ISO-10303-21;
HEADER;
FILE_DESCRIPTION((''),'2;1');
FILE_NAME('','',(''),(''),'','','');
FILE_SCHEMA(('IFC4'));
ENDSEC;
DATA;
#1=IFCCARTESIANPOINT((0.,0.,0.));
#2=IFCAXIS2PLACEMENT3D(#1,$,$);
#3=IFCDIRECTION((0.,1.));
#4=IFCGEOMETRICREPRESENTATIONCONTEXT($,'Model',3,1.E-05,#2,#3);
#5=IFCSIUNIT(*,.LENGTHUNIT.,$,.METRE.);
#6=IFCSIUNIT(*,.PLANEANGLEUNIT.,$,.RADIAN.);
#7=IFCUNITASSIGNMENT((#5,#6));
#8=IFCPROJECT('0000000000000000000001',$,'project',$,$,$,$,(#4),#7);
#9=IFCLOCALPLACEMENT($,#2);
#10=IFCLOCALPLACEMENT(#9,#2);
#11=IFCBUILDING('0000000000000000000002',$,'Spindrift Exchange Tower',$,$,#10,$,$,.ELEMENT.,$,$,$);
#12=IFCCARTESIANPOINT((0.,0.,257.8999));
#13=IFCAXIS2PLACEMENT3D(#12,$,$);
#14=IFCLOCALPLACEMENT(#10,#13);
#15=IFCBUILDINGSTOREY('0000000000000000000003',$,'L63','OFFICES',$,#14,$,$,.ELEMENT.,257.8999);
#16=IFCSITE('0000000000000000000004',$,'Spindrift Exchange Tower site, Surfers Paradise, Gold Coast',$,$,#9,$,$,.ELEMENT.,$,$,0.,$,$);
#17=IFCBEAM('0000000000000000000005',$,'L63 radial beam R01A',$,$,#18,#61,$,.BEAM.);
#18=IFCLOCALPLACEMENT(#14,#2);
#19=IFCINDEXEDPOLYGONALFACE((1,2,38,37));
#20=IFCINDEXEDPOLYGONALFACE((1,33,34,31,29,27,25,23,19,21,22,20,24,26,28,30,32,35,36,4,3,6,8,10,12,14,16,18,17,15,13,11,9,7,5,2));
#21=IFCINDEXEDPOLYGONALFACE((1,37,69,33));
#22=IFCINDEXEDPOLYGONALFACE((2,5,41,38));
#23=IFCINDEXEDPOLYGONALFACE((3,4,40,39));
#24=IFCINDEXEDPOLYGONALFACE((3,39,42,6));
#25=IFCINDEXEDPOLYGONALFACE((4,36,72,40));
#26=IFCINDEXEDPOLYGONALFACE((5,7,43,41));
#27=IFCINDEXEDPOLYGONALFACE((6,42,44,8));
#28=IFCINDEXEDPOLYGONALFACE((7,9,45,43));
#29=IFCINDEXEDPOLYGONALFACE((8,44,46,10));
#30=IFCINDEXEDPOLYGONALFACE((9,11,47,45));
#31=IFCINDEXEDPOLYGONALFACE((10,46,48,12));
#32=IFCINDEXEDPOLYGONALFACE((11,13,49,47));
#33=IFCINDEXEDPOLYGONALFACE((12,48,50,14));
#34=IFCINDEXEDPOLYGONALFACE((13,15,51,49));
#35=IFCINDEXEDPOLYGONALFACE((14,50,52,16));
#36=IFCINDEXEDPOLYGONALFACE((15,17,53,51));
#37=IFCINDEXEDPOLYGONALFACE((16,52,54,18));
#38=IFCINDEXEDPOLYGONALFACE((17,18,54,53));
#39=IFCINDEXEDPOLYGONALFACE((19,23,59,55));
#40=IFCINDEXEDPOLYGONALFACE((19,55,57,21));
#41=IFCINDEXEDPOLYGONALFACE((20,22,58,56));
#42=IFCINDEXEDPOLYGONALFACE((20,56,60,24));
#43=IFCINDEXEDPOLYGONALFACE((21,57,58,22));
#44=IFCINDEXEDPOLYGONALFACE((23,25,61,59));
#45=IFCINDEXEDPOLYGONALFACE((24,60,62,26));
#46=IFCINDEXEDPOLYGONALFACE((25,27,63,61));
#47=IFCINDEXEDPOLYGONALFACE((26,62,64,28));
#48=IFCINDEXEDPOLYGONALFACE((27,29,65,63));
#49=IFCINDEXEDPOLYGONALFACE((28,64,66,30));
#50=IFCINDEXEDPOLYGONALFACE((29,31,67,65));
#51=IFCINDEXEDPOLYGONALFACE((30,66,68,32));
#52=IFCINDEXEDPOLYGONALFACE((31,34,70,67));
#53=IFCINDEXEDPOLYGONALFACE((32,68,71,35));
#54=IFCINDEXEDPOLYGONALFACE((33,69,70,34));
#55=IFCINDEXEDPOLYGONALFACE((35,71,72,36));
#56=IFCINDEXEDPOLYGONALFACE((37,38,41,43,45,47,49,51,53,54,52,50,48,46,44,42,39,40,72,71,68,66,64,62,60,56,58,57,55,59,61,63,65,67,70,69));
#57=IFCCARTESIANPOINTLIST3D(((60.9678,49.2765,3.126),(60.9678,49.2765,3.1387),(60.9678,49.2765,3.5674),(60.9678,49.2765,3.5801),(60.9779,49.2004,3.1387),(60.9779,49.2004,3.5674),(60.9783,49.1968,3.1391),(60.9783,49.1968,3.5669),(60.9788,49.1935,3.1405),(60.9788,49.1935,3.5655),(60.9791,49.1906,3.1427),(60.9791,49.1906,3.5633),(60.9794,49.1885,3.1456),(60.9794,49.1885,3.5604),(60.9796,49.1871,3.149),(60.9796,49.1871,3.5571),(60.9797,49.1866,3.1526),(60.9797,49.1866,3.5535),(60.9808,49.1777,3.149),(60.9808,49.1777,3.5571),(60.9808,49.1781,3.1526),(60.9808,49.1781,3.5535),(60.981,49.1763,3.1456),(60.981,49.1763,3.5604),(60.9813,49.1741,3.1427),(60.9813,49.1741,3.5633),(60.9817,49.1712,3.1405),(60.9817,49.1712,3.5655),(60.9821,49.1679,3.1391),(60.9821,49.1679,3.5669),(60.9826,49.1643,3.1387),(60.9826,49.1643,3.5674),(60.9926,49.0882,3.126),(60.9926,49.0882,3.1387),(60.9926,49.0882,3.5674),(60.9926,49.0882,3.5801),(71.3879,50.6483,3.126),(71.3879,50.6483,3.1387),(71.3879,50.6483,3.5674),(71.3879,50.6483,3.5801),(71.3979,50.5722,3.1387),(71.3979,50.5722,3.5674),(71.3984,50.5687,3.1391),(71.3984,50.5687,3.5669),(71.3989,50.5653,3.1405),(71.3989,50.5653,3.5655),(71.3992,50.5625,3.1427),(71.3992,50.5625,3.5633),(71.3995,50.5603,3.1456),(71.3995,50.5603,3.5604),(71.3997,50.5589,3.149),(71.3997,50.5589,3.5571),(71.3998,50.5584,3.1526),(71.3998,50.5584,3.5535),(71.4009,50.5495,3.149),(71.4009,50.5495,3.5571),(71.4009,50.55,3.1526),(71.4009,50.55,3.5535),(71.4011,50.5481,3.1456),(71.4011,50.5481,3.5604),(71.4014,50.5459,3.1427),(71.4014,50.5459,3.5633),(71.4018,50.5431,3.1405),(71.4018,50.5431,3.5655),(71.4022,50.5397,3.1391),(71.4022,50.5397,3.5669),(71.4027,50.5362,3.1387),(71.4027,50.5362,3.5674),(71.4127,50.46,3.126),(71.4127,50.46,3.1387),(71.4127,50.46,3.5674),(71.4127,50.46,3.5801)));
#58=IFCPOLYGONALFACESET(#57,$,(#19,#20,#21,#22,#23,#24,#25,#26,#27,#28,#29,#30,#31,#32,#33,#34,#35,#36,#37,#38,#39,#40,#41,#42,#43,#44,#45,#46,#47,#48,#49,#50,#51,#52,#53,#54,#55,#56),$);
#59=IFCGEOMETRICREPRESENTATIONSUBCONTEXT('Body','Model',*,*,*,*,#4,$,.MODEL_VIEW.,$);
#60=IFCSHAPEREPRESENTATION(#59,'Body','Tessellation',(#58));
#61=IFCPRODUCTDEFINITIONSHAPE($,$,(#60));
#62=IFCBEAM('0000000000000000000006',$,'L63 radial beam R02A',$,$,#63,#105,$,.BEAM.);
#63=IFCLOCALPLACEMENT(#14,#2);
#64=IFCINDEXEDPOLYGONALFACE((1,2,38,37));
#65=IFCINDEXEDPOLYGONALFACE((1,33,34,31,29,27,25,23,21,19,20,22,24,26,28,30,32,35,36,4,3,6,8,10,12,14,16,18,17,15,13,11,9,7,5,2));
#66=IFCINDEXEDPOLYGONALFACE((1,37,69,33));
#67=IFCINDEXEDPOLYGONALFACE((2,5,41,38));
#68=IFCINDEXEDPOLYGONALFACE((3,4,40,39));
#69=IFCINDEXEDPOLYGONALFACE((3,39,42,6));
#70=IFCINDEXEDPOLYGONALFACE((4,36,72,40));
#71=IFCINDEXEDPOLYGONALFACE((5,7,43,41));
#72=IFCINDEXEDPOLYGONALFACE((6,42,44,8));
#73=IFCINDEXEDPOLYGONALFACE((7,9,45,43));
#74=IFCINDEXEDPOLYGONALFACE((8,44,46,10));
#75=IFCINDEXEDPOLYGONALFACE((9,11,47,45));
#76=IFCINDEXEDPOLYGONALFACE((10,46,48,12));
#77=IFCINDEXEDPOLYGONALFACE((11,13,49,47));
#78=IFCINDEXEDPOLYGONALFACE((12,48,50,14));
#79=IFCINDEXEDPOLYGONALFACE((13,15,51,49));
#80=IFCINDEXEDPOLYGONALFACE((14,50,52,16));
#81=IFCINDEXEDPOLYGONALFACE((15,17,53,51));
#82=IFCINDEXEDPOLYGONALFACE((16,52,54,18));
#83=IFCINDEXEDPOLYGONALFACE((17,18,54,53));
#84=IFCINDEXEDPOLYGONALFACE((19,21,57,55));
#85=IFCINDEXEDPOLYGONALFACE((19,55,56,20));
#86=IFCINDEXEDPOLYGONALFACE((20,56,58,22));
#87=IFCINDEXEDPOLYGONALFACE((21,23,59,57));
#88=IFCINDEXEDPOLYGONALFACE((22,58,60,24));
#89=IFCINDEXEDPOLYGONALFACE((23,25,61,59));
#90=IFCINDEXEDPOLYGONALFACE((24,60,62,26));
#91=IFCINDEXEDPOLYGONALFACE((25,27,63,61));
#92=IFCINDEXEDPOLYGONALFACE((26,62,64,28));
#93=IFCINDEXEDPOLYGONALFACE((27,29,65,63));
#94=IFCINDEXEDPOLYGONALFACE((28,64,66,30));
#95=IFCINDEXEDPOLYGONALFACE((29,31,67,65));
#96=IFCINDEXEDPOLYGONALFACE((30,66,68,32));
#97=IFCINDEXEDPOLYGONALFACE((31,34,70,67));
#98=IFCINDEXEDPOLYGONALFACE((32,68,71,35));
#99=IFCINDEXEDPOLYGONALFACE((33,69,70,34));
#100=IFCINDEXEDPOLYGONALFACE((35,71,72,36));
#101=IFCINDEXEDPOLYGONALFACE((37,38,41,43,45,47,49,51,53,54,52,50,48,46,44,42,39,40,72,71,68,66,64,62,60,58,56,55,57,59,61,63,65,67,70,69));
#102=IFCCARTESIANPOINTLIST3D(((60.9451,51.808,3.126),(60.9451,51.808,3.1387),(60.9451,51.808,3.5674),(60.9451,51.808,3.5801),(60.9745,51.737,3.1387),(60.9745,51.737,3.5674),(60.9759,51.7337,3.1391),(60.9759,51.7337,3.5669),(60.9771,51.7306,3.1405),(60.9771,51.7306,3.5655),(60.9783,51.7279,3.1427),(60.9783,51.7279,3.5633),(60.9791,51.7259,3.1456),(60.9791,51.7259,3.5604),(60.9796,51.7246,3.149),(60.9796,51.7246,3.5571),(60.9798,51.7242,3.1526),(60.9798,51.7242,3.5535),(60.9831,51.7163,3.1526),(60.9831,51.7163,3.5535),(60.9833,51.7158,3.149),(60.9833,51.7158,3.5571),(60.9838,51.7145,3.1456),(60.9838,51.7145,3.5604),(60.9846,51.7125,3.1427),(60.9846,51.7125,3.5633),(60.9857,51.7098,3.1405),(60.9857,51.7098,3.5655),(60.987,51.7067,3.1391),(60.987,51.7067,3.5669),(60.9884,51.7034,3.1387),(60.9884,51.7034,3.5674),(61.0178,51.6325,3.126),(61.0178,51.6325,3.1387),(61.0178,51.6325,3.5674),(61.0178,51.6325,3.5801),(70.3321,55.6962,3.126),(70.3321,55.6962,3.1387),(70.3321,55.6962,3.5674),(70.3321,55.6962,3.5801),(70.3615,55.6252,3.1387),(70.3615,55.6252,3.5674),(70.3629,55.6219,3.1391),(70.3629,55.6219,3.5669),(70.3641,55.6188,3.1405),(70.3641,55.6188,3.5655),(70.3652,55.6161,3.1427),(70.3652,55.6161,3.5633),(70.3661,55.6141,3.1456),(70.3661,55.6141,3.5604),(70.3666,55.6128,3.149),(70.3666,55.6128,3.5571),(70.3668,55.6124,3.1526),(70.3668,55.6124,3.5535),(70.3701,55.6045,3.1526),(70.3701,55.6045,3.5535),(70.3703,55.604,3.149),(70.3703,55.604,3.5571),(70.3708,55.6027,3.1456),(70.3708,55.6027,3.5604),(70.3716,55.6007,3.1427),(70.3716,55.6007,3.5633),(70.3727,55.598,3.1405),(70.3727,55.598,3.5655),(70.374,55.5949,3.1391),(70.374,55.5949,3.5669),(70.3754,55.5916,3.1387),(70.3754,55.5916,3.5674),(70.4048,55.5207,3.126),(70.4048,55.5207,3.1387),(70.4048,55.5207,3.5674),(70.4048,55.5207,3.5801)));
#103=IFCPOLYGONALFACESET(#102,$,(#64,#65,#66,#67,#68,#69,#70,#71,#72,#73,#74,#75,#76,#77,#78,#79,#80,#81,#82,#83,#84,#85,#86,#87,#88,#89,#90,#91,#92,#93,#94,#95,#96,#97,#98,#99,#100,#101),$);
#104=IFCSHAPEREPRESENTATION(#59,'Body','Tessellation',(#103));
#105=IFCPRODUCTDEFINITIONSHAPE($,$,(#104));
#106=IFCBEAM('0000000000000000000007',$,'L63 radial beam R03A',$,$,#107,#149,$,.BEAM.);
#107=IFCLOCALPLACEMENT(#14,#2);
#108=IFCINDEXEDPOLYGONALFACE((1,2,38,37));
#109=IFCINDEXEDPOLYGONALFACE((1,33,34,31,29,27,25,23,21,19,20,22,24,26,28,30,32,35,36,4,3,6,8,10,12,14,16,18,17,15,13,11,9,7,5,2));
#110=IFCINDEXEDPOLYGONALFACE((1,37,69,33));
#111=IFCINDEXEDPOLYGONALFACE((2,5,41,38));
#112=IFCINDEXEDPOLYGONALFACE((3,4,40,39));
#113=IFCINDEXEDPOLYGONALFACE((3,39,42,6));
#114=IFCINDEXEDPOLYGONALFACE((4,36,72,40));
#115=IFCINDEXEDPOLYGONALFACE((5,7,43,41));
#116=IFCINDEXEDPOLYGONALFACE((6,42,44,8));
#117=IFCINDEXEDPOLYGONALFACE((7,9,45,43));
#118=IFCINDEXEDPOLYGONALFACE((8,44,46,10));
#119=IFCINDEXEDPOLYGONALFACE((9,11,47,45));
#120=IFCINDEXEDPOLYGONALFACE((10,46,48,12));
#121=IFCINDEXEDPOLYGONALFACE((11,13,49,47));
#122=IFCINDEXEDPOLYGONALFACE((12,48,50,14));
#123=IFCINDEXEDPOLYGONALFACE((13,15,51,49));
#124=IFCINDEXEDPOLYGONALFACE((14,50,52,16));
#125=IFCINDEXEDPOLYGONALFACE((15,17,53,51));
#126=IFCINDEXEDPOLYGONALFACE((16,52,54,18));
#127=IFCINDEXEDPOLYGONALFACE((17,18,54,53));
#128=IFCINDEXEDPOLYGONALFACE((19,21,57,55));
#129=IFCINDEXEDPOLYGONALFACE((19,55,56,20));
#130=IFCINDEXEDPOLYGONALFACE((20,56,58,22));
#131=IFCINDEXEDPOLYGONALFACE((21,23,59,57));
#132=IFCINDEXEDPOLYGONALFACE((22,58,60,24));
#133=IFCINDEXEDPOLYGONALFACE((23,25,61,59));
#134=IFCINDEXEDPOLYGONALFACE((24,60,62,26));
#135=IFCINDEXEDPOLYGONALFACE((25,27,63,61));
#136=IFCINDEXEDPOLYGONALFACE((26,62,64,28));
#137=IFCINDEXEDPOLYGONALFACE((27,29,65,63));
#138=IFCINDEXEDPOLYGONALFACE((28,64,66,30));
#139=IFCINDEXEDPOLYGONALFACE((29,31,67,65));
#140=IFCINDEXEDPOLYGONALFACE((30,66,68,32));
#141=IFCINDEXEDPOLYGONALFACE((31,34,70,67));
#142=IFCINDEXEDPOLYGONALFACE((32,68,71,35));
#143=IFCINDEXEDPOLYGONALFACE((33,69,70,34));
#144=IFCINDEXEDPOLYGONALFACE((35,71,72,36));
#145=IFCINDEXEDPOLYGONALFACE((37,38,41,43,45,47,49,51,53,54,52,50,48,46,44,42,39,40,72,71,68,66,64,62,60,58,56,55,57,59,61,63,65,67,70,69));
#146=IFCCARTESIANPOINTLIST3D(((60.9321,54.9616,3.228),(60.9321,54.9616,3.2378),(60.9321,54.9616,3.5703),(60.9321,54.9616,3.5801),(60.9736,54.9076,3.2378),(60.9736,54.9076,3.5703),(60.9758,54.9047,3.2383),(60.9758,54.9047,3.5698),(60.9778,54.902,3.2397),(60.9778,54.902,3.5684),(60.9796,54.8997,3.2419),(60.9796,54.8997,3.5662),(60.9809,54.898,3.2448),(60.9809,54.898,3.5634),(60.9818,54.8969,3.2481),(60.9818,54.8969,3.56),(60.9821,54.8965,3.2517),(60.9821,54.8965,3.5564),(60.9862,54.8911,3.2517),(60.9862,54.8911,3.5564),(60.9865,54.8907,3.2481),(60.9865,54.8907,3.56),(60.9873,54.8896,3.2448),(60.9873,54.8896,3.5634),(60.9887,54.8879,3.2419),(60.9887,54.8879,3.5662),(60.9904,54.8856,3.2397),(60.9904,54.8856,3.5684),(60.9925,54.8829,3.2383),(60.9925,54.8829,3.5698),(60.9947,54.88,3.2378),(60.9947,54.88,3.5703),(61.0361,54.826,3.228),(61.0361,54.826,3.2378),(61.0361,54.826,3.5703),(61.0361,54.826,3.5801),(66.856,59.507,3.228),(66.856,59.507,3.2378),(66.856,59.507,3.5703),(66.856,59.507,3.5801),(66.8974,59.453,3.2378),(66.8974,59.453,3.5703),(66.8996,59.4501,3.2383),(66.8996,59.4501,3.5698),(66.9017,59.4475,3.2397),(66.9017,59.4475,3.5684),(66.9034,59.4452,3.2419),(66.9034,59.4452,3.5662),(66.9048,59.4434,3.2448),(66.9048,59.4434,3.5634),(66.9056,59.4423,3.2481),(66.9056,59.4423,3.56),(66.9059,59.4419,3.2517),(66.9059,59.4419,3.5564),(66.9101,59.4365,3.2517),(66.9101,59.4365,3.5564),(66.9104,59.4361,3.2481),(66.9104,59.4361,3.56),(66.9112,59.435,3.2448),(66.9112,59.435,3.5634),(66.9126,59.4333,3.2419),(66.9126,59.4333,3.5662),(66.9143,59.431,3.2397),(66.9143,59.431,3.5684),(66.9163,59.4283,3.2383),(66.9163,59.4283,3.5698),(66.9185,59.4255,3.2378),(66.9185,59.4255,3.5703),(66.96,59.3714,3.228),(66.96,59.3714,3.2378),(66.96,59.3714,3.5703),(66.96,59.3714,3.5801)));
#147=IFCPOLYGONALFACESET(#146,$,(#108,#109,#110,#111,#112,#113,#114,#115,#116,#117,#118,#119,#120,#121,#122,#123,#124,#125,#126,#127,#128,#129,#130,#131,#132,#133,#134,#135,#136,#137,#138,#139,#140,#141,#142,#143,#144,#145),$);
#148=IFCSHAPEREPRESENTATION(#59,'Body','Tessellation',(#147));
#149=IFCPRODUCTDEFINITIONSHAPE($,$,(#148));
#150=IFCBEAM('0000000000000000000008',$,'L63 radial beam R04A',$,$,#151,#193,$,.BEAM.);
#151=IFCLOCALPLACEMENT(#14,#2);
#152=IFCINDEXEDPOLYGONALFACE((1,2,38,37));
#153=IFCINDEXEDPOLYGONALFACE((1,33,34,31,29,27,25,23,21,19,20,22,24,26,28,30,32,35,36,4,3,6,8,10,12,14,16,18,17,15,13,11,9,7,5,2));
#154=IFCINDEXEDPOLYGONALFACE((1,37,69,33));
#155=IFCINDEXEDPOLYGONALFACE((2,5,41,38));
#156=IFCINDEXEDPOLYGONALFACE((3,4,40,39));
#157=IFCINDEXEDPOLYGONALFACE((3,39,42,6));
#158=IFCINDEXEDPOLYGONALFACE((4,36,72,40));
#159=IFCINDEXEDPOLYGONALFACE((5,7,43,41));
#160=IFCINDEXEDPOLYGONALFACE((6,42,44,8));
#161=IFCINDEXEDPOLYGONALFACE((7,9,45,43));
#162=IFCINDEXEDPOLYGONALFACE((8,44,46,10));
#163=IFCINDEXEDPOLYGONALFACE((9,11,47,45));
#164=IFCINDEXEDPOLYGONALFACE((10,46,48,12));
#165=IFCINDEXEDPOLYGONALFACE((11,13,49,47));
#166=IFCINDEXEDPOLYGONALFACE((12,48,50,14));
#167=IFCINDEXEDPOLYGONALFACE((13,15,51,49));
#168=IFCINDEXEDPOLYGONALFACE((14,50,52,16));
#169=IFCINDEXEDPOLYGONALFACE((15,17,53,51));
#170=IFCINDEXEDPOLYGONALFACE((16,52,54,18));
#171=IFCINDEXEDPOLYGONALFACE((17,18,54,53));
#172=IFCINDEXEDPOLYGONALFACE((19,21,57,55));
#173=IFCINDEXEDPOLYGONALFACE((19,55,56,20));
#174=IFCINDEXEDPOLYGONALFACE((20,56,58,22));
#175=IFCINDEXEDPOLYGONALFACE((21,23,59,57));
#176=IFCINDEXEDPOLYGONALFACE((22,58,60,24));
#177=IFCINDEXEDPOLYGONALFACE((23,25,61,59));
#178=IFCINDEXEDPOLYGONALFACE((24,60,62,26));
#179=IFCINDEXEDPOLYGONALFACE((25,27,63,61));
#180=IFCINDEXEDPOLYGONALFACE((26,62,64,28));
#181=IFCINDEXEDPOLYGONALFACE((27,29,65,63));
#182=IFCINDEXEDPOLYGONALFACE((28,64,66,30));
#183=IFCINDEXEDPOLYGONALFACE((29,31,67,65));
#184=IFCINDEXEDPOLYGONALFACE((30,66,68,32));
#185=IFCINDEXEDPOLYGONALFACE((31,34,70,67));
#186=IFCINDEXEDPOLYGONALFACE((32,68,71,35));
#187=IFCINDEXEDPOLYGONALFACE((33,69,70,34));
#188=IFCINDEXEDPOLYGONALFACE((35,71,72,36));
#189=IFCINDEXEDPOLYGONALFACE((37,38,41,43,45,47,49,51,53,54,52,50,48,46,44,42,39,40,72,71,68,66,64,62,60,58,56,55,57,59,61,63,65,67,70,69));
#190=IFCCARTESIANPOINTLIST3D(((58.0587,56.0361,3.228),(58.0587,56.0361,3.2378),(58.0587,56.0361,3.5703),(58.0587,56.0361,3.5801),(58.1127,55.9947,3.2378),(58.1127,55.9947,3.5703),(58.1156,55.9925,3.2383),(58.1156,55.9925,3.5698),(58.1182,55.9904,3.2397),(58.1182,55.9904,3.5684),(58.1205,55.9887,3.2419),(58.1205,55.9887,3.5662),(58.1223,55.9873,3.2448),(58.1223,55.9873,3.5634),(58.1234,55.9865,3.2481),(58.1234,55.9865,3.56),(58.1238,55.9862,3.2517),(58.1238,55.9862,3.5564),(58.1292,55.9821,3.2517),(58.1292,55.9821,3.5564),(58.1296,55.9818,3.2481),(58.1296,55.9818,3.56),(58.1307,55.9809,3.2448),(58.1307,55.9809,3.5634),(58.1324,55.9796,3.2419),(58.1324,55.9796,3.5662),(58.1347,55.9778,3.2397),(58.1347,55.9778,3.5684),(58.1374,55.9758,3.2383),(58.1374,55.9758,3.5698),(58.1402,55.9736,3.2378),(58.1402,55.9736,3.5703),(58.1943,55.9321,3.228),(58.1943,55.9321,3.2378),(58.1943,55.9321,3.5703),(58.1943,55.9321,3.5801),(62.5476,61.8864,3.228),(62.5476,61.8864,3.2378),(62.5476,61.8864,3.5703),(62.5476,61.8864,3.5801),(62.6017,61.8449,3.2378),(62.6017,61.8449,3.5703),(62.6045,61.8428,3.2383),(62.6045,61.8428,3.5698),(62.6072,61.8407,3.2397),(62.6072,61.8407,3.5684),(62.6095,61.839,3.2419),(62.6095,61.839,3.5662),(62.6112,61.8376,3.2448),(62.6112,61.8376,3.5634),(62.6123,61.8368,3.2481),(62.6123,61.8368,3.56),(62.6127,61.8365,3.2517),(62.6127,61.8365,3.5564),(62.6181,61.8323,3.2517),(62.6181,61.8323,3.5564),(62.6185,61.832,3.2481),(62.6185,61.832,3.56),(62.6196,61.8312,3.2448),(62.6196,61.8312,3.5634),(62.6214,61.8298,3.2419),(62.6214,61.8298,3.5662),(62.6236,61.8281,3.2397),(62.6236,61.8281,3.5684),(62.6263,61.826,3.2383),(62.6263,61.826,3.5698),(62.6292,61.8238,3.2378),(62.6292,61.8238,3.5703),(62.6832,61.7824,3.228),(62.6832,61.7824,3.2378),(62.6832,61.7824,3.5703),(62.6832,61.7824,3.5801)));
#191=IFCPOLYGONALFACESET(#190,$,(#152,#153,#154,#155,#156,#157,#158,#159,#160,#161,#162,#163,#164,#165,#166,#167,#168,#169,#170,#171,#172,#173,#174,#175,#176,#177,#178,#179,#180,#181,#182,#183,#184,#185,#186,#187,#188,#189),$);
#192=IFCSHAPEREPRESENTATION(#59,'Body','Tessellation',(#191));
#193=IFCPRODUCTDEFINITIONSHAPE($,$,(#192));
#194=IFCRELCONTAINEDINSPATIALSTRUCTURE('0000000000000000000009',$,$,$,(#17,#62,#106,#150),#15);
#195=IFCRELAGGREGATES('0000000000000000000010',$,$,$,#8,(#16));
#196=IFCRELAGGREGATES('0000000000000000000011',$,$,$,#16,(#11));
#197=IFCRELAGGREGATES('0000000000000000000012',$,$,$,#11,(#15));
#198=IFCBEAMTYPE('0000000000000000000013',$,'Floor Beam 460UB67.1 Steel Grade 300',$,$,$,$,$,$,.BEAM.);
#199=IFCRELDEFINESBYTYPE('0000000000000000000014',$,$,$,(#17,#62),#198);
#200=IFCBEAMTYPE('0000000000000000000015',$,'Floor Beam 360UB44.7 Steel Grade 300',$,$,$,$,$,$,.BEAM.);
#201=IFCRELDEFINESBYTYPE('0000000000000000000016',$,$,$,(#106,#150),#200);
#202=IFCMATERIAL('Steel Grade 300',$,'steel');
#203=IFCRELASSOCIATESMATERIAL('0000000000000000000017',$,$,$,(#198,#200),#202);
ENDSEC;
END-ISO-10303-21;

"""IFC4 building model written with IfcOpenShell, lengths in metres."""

from ifc_helpers import new_model, si_unit, direction, frame, origin, origin_2d, place, context, subcontext, project, spatial, i_section, extrude, source, transform, mapped, material, material_profile, profile_set, type_object, element, save


model = new_model("IFC4")

# Units and contexts
model_context = context("Model", 3, precision=1e-05, world=origin(), true_north=direction((0.0, 1.0)))
body_context = subcontext(model_context, "Body", "Model", "MODEL_VIEW")
ifc_project = project(units=[si_unit("LENGTHUNIT", "METRE"), si_unit("PLANEANGLEUNIT", "RADIAN")], contexts=[model_context])

# Site, building, storey
site_placement = place(None, origin())
site = spatial("IfcSite", under=ifc_project, at=site_placement, Name="Spindrift Exchange Tower site, Surfers Paradise, Gold Coast", CompositionType="ELEMENT", RefElevation=0.0)
building_placement = place(site_placement, origin())
building = spatial("IfcBuilding", under=site, at=building_placement, Name="Spindrift Exchange Tower", CompositionType="ELEMENT")
storey_placement = place(building_placement, frame((0.0, 0.0, 257.8999)))
storey = spatial("IfcBuildingStorey", under=building, at=storey_placement, Name="L63", Description="OFFICES", CompositionType="ELEMENT", Elevation=257.8999)

# Beams
ifc_material_1 = material(Name="Steel Grade 300", Category="steel")
ifc_material_profile_1 = material_profile(ifc_material_1, i_section(OverallWidth=0.1899, OverallDepth=0.4541, WebThickness=0.0085, FlangeThickness=0.0127, FilletRadius=0.0139, at=origin_2d()), Name="460UB67.1")
ifc_profile_set_1 = profile_set([ifc_material_profile_1], Name="Steel Grade 300")
beam_type_1 = type_object("IfcBeamType", Name="Floor Beam 460UB67.1 Steel Grade 300", PredefinedType="BEAM", material=ifc_profile_set_1)
shared_shape_1 = source(origin(), body_context, "Body", "SweptSolid", [
    extrude(i_section(OverallWidth=0.1899, OverallDepth=0.4541, WebThickness=0.0085, FlangeThickness=0.0127, FilletRadius=0.0139, at=origin_2d()), origin(), (0.0, 0.0, 1.0), 10.51),
])
beam_1_placement = place(storey_placement, frame((60.9802, 49.1824, 3.353), z_axis=(0.991445, 0.130525, 0.0), x_axis=(-0.130525, 0.991445, 0.0)))
element("IfcBeam", 1, at=beam_1_placement, inside=storey, type_object=beam_type_1, Name="L63 radial beam R01A", PredefinedType="BEAM", context=body_context, shape_type="MappedRepresentation", body=[
    mapped(shared_shape_1, transform((0.0, 0.0, 0.0), scale=1.0)),
])
shared_shape_2 = source(origin(), body_context, "Body", "SweptSolid", [
    extrude(i_section(OverallWidth=0.1899, OverallDepth=0.4541, WebThickness=0.0085, FlangeThickness=0.0127, FilletRadius=0.0139, at=origin_2d()), origin(), (0.0, 0.0, 1.0), 10.1604),
])
beam_2_placement = place(storey_placement, frame((60.9814, 51.7202, 3.353), z_axis=(0.92388, 0.382681, 0.0), x_axis=(-0.382681, 0.92388, 0.0)))
element("IfcBeam", 2, at=beam_2_placement, inside=storey, type_object=beam_type_1, Name="L63 radial beam R02A", PredefinedType="BEAM", context=body_context, shape_type="MappedRepresentation", body=[
    mapped(shared_shape_2, transform((0.0, 0.0, 0.0), scale=1.0)),
])
ifc_material_profile_2 = material_profile(ifc_material_1, i_section(OverallWidth=0.1709, OverallDepth=0.3521, WebThickness=0.0068, FlangeThickness=0.0098, FilletRadius=0.0139, at=origin_2d()), Name="360UB44.7")
ifc_profile_set_2 = profile_set([ifc_material_profile_2], Name="Steel Grade 300")
beam_type_2 = type_object("IfcBeamType", Name="Floor Beam 360UB44.7 Steel Grade 300", PredefinedType="BEAM", material=ifc_profile_set_2)
shared_shape_3 = source(origin(), body_context, "Body", "SweptSolid", [
    extrude(i_section(OverallWidth=0.1709, OverallDepth=0.3521, WebThickness=0.0068, FlangeThickness=0.0098, FilletRadius=0.0139, at=origin_2d()), origin(), (0.0, 0.0, 1.0), 7.4668),
])
beam_3_placement = place(storey_placement, frame((60.9841, 54.8938, 3.4041), z_axis=(0.79336, 0.608753, 0.0), x_axis=(-0.608753, 0.79336, 0.0)))
element("IfcBeam", 3, at=beam_3_placement, inside=storey, type_object=beam_type_2, Name="L63 radial beam R03A", PredefinedType="BEAM", context=body_context, shape_type="MappedRepresentation", body=[
    mapped(shared_shape_3, transform((0.0, 0.0, 0.0), scale=1.0)),
])
shared_shape_4 = source(origin(), body_context, "Body", "SweptSolid", [
    extrude(i_section(OverallWidth=0.1709, OverallDepth=0.3521, WebThickness=0.0068, FlangeThickness=0.0098, FilletRadius=0.0139, at=origin_2d()), origin(), (0.0, 0.0, 1.0), 7.374),
])
beam_4_placement = place(storey_placement, frame((58.1265, 55.9841, 3.4041), z_axis=(0.608752, 0.793361, 0.0), x_axis=(-0.793361, 0.608752, 0.0)))
element("IfcBeam", 4, at=beam_4_placement, inside=storey, type_object=beam_type_2, Name="L63 radial beam R04A", PredefinedType="BEAM", context=body_context, shape_type="MappedRepresentation", body=[
    mapped(shared_shape_4, transform((0.0, 0.0, 0.0), scale=1.0)),
])

save(model, "model.ifc")
